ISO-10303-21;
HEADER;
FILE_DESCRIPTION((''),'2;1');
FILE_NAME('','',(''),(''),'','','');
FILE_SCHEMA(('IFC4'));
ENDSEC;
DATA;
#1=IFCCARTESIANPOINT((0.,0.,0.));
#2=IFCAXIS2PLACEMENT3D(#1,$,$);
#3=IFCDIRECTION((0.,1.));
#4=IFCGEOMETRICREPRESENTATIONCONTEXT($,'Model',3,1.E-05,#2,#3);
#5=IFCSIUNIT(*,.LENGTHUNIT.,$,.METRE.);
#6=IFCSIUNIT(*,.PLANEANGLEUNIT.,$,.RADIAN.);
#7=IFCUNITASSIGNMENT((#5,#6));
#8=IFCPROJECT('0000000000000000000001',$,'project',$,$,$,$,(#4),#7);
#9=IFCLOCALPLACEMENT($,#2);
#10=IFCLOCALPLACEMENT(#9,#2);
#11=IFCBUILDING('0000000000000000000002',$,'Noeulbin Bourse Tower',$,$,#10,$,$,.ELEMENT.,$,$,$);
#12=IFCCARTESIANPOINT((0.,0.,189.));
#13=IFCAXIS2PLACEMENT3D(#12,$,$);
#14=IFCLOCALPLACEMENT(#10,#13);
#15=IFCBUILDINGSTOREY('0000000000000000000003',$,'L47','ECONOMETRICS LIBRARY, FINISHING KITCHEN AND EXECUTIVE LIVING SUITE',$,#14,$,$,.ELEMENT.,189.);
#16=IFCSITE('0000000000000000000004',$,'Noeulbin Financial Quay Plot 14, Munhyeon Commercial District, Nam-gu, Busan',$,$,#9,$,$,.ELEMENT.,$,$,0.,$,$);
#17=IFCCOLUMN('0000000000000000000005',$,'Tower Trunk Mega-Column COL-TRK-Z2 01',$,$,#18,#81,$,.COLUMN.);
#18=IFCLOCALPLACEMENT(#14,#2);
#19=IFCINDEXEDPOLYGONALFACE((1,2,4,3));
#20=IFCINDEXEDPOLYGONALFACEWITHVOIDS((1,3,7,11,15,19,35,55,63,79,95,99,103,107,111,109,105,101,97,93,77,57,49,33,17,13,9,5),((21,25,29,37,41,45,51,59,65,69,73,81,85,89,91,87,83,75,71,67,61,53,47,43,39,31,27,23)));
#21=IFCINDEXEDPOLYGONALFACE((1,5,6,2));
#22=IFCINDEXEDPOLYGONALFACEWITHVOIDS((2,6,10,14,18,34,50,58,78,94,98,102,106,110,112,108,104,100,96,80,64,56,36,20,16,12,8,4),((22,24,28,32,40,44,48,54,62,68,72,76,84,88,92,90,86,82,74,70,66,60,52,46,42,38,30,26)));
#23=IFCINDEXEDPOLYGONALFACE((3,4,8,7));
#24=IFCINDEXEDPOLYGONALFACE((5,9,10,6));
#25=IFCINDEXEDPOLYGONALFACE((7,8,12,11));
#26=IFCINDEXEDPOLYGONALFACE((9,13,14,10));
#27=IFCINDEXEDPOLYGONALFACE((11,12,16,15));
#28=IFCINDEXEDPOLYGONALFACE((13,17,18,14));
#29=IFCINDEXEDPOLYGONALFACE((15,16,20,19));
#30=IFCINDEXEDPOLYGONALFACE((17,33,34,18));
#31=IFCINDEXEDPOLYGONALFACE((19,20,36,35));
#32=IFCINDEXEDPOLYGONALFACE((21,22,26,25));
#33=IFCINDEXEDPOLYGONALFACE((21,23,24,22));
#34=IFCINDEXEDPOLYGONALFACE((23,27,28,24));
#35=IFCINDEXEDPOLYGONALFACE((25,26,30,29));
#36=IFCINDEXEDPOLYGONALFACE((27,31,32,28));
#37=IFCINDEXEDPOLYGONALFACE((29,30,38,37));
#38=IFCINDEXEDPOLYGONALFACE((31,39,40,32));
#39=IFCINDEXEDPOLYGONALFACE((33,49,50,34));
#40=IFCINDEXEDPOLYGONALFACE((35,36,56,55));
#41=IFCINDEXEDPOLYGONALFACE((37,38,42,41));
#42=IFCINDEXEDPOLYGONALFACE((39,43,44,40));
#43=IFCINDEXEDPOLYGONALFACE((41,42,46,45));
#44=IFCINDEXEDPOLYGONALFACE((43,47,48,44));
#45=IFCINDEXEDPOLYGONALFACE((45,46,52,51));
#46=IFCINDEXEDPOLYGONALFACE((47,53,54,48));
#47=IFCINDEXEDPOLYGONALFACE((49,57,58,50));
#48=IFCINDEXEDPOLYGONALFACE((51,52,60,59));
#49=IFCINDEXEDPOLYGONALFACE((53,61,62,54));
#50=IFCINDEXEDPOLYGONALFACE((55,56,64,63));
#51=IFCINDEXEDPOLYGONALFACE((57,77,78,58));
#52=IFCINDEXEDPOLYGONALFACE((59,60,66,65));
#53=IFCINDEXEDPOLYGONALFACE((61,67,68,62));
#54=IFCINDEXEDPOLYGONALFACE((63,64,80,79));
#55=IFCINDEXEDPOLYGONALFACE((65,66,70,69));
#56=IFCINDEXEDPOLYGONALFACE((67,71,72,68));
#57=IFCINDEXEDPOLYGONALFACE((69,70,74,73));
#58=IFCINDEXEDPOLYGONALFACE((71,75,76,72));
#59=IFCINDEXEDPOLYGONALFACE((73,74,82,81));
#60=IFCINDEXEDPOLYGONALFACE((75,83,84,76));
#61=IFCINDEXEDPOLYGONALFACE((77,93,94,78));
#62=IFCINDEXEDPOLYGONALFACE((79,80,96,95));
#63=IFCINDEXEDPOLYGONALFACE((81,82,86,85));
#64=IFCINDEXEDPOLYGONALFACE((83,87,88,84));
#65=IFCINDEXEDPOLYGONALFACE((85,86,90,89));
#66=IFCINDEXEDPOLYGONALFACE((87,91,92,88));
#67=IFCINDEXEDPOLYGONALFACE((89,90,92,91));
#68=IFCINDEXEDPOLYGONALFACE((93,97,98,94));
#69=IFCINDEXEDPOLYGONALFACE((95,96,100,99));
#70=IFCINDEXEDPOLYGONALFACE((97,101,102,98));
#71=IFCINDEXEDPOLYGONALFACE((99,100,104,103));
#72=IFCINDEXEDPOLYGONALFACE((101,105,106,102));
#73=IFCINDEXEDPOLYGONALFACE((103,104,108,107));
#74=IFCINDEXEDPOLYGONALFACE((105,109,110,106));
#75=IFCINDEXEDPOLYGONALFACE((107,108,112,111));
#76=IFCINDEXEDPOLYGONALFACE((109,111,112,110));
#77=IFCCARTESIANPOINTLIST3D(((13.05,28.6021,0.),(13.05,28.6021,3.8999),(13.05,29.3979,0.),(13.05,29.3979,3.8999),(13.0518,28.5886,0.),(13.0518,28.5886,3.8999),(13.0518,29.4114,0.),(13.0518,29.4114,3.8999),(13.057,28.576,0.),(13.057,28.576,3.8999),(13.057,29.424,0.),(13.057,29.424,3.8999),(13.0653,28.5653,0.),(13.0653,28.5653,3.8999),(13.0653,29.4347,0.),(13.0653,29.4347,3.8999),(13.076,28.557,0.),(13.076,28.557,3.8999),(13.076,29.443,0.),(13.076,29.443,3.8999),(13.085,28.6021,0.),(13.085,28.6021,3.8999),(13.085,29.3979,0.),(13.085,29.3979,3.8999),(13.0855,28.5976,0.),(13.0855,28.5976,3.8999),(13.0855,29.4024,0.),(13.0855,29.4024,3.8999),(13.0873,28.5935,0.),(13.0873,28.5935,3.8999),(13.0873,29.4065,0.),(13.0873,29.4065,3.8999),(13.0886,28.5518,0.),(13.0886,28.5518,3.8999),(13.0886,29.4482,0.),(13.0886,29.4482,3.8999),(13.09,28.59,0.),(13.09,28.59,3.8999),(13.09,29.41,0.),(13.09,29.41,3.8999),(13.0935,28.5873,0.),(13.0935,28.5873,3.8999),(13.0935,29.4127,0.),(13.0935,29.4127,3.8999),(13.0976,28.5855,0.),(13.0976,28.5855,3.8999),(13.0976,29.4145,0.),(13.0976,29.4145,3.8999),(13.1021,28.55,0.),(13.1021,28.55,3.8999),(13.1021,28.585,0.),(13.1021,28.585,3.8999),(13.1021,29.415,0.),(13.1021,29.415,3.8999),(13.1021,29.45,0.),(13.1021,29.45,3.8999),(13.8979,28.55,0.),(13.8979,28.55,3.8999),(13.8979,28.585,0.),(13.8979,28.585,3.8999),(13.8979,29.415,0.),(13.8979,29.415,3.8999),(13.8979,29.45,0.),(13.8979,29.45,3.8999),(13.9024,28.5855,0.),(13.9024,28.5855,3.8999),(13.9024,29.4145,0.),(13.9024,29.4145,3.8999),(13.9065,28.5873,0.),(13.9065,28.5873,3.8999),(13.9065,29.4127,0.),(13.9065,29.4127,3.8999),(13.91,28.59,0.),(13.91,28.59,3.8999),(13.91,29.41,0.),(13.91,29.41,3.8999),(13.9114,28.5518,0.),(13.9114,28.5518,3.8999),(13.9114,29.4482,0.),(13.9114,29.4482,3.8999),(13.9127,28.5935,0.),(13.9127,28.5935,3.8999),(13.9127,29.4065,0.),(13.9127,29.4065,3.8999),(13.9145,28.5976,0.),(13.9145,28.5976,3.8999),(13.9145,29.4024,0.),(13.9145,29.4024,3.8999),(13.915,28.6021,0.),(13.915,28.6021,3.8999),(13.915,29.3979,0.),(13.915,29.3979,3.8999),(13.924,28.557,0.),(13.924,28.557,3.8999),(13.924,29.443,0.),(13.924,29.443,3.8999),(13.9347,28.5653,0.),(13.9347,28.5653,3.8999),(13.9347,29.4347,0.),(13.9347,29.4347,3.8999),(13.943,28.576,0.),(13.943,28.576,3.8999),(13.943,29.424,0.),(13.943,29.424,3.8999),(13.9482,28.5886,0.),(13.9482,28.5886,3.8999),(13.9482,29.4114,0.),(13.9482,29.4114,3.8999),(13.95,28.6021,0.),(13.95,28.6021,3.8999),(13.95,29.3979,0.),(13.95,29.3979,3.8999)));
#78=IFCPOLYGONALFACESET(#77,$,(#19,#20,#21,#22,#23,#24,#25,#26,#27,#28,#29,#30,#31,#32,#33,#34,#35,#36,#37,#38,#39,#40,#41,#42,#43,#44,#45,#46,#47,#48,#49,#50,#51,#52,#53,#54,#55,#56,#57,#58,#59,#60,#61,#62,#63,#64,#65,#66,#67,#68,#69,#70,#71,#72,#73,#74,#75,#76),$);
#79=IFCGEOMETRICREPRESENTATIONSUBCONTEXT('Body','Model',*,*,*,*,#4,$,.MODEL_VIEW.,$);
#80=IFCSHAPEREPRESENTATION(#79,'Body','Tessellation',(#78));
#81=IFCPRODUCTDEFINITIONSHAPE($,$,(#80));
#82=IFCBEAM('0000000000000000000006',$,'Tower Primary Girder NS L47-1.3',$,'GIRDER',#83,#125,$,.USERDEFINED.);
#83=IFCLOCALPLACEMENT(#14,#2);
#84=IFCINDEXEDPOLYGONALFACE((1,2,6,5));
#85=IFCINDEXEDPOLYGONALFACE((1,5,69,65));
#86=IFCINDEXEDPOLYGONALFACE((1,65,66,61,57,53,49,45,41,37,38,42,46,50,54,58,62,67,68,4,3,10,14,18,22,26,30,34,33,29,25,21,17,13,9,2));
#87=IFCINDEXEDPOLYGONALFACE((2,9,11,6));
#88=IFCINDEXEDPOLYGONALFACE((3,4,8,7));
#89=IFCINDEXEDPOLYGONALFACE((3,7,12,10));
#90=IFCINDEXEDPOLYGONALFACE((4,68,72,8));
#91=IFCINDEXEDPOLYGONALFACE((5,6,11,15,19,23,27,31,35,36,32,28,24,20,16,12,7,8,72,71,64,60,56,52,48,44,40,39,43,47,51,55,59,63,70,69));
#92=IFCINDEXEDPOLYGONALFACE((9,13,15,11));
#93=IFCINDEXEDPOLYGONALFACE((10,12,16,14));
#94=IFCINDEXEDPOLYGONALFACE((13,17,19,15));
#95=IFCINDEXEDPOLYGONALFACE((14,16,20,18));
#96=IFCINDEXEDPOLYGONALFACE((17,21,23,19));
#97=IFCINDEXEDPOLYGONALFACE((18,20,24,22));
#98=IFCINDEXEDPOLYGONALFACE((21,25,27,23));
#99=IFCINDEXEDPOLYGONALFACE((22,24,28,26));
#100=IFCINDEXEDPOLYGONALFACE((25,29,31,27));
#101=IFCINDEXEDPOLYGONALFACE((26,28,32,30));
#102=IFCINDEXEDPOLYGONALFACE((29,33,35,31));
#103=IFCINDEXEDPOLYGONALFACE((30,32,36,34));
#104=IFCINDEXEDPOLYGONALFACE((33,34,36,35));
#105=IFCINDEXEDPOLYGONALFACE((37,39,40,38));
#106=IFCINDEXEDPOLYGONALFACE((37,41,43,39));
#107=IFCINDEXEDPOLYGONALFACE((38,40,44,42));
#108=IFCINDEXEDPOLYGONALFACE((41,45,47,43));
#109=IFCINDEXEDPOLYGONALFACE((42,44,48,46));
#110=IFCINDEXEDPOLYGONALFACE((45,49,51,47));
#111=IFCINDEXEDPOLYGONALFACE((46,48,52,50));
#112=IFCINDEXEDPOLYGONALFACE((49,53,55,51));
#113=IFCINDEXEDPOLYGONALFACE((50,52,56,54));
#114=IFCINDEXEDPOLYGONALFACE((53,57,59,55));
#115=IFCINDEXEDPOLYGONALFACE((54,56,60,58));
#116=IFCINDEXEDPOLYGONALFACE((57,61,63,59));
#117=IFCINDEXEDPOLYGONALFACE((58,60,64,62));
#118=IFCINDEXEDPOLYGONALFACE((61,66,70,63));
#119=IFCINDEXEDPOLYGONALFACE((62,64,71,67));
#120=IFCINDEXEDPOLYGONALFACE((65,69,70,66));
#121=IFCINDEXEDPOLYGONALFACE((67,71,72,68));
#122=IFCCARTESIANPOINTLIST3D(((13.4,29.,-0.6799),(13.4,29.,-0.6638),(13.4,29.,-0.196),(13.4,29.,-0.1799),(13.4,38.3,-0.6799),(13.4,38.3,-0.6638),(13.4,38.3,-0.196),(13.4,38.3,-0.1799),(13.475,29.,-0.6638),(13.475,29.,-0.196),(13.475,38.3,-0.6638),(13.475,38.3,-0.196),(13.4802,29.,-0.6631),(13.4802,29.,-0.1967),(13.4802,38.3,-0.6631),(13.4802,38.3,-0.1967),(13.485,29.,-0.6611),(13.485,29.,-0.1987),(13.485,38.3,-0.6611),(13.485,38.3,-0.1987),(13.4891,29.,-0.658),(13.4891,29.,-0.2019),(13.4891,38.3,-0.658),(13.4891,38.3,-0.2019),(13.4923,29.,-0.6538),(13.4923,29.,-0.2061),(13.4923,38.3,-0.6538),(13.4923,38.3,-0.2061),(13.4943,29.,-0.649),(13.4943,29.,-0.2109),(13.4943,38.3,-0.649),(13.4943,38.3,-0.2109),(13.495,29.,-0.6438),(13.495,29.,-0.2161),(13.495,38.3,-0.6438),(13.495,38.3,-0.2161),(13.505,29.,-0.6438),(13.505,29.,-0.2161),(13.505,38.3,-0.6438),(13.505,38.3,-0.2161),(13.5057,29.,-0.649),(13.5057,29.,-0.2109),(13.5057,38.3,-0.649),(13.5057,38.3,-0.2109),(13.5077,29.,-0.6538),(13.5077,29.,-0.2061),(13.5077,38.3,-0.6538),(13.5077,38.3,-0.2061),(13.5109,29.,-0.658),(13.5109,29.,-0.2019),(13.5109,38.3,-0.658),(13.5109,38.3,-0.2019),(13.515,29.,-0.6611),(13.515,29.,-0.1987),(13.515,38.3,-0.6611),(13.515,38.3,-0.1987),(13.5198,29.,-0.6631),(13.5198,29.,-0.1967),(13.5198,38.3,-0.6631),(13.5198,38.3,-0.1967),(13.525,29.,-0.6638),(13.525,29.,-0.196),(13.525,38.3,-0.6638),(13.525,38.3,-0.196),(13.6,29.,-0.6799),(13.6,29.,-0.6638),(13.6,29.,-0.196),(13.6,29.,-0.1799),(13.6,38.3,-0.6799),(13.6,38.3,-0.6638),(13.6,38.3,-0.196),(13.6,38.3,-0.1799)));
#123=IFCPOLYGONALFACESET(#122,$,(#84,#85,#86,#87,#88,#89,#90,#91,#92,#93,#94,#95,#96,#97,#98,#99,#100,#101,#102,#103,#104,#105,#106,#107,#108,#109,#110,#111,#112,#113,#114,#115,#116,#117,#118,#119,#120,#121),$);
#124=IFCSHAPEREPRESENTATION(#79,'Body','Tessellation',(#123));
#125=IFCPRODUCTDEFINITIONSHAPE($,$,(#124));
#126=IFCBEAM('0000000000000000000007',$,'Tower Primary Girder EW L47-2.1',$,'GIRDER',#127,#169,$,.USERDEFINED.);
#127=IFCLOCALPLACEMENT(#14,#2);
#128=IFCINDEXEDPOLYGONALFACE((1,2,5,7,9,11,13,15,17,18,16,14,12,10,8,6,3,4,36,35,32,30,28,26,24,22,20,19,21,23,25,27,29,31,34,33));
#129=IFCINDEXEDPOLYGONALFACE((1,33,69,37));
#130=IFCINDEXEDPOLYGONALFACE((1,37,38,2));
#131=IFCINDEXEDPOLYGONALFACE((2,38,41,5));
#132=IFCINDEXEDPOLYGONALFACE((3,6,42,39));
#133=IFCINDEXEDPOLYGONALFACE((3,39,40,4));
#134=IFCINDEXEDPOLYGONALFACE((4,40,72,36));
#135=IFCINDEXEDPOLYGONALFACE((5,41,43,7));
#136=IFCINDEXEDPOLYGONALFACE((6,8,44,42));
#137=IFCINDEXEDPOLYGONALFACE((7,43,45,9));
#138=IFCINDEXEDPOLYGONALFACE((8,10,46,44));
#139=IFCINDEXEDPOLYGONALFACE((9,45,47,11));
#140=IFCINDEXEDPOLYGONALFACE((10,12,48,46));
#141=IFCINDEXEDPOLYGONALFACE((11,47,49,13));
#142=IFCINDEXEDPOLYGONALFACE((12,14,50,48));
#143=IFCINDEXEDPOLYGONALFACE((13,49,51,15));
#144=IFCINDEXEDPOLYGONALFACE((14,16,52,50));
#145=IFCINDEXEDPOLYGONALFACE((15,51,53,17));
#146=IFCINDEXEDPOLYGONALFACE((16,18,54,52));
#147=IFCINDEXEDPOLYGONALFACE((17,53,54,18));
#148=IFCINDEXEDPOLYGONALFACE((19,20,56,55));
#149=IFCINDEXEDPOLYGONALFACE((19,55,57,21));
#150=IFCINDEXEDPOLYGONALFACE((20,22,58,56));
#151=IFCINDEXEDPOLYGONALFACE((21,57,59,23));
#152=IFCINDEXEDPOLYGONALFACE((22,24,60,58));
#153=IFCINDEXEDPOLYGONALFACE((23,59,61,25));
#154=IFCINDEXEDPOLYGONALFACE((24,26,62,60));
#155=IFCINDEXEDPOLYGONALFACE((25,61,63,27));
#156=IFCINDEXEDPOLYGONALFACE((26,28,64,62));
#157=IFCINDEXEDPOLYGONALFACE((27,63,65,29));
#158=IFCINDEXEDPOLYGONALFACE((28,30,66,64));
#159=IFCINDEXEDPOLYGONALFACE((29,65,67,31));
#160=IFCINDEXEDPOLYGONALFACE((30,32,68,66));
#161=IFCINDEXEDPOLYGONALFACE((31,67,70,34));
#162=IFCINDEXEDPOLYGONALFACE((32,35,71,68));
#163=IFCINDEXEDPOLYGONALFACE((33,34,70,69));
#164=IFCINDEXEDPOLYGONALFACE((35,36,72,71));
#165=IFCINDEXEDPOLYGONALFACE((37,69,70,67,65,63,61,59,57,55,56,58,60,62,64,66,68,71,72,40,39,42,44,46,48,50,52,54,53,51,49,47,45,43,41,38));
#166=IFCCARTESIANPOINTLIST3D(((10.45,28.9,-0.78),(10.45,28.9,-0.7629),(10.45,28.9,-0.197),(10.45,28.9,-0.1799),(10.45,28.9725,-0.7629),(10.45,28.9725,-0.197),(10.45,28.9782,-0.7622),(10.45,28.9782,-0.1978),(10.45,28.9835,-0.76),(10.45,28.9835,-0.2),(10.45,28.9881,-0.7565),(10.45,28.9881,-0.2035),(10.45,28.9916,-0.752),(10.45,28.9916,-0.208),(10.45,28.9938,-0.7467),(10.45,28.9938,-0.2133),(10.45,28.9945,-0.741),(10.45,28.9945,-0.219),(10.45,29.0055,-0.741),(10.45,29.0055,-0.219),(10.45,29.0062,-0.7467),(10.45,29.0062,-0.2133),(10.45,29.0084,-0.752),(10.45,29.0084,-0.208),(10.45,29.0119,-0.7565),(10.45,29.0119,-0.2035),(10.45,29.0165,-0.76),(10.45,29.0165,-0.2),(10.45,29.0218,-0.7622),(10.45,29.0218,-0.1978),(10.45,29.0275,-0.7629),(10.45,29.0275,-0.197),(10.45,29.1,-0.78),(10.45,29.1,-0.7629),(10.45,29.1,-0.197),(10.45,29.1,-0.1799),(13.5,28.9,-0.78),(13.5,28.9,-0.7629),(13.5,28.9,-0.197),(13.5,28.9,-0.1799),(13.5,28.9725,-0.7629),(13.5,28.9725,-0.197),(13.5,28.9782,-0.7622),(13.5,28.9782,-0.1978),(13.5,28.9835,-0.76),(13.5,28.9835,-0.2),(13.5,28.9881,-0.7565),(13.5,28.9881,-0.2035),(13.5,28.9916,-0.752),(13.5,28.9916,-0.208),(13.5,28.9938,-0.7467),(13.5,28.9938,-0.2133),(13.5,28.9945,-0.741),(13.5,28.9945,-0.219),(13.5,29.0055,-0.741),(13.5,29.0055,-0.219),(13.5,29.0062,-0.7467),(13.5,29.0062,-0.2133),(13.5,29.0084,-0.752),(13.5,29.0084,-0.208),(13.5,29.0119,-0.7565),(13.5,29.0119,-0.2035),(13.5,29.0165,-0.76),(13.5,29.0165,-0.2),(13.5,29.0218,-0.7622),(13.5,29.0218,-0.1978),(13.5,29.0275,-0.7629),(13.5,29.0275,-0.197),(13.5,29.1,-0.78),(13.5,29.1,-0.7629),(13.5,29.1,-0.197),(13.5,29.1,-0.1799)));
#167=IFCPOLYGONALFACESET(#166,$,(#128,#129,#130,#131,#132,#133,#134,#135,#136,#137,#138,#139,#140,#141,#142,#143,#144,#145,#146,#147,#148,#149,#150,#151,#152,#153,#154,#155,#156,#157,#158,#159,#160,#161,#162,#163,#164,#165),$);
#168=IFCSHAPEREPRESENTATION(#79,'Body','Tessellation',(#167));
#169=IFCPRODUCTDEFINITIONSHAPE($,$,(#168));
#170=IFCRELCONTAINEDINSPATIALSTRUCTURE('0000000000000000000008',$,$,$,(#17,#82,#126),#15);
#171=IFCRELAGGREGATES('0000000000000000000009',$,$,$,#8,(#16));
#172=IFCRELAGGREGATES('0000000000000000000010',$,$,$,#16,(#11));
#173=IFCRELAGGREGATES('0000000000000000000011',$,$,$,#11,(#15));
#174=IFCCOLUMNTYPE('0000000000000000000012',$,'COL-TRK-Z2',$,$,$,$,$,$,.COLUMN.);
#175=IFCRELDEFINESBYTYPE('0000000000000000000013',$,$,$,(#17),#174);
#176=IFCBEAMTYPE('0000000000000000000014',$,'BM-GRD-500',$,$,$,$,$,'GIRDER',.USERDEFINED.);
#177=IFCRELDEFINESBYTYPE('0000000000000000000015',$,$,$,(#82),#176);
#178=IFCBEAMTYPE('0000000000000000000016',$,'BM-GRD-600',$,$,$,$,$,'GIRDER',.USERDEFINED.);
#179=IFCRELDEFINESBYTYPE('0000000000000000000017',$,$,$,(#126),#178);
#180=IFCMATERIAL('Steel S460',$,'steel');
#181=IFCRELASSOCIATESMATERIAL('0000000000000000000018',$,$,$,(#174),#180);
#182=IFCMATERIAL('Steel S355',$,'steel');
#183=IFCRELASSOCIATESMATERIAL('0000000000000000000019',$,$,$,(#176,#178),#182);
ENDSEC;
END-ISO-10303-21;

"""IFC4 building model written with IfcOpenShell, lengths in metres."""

from ifc_helpers import new_model, si_unit, direction, frame, origin, origin_2d, place, context, subcontext, project, spatial, hollow_rectangle, i_section, extrude, material, material_profile, profile_set, type_object, element, save


model = new_model("IFC4")

# Units and contexts
model_context = context("Model", 3, precision=1e-05, world=origin(), true_north=direction((0.0, 1.0)))
body_context = subcontext(model_context, "Body", "Model", "MODEL_VIEW")
ifc_project = project(units=[si_unit("LENGTHUNIT", "METRE"), si_unit("PLANEANGLEUNIT", "RADIAN")], contexts=[model_context])

# Site, building, storey
site_placement = place(None, origin())
site = spatial("IfcSite", under=ifc_project, at=site_placement, Name="Noeulbin Financial Quay Plot 14, Munhyeon Commercial District, Nam-gu, Busan", CompositionType="ELEMENT", RefElevation=0.0)
building_placement = place(site_placement, origin())
building = spatial("IfcBuilding", under=site, at=building_placement, Name="Noeulbin Bourse Tower", CompositionType="ELEMENT")
storey_placement = place(building_placement, frame((0.0, 0.0, 189.0)))
storey = spatial("IfcBuildingStorey", under=building, at=storey_placement, Name="L47", Description="ECONOMETRICS LIBRARY, FINISHING KITCHEN AND EXECUTIVE LIVING SUITE", CompositionType="ELEMENT", Elevation=189.0)

# Column
ifc_material_1 = material(Name="Steel S460", Category="steel")
ifc_material_profile_1 = material_profile(ifc_material_1, hollow_rectangle(XDim=0.8999, YDim=0.8999, WallThickness=0.0349, InnerFilletRadius=0.0171, OuterFilletRadius=0.052, at=origin_2d()), Name="BOX-900x900x35", Category="LoadBearing")
ifc_profile_set_1 = profile_set([ifc_material_profile_1], Name="Steel S460")
column_type = type_object("IfcColumnType", Name="COL-TRK-Z2", PredefinedType="COLUMN", material=ifc_profile_set_1)
column_placement = place(storey_placement, frame((13.5, 29.0, 0.0), z_axis=(0.0, 0.0, 1.0), x_axis=(1.0, 0.0, 0.0)))
element("IfcColumn", 1, at=column_placement, inside=storey, type_object=column_type, Name="Tower Trunk Mega-Column COL-TRK-Z2 01", PredefinedType="COLUMN", context=body_context, shape_type="SweptSolid", body=[
    extrude(hollow_rectangle(XDim=0.8999, YDim=0.8999, WallThickness=0.0349, InnerFilletRadius=0.0171, OuterFilletRadius=0.052, at=origin_2d()), origin(), (0.0, 0.0, 1.0), 3.8999),
])

# Beams
ifc_material_2 = material(Name="Steel S355", Category="steel")
ifc_material_profile_2 = material_profile(ifc_material_2, i_section(OverallWidth=0.2, OverallDepth=0.5, WebThickness=0.01, FlangeThickness=0.0161, FilletRadius=0.02, at=origin_2d()), Name="H-500x200x10x16", Category="LoadBearing")
ifc_profile_set_2 = profile_set([ifc_material_profile_2], Name="Steel S355")
beam_type_1 = type_object("IfcBeamType", Name="BM-GRD-500", ElementType="GIRDER", PredefinedType="USERDEFINED", material=ifc_profile_set_2)
beam_1_placement = place(storey_placement, frame((13.5, 29.0, -0.4299), z_axis=(0.0, 1.0, 0.0), x_axis=(-1.0, 0.0, 0.0)))
element("IfcBeam", 2, at=beam_1_placement, inside=storey, type_object=beam_type_1, Name="Tower Primary Girder NS L47-1.3", ObjectType="GIRDER", PredefinedType="USERDEFINED", context=body_context, shape_type="SweptSolid", body=[
    extrude(i_section(OverallWidth=0.2, OverallDepth=0.5, WebThickness=0.01, FlangeThickness=0.0161, FilletRadius=0.02, at=origin_2d()), origin(), (0.0, 0.0, 1.0), 9.3),
])
ifc_material_profile_3 = material_profile(ifc_material_2, i_section(OverallWidth=0.2, OverallDepth=0.6001, WebThickness=0.011, FlangeThickness=0.0171, FilletRadius=0.022, at=origin_2d()), Name="H-600x200x11x17", Category="LoadBearing")
ifc_profile_set_3 = profile_set([ifc_material_profile_3], Name="Steel S355")
beam_type_2 = type_object("IfcBeamType", Name="BM-GRD-600", ElementType="GIRDER", PredefinedType="USERDEFINED", material=ifc_profile_set_3)
beam_2_placement = place(storey_placement, frame((10.45, 29.0, -0.48), z_axis=(1.0, 0.0, 0.0), x_axis=(0.0, 1.0, 0.0)))
element("IfcBeam", 3, at=beam_2_placement, inside=storey, type_object=beam_type_2, Name="Tower Primary Girder EW L47-2.1", ObjectType="GIRDER", PredefinedType="USERDEFINED", context=body_context, shape_type="SweptSolid", body=[
    extrude(i_section(OverallWidth=0.2, OverallDepth=0.6001, WebThickness=0.011, FlangeThickness=0.0171, FilletRadius=0.022, at=origin_2d()), origin(), (0.0, 0.0, 1.0), 3.05),
])

save(model, "model.ifc")
